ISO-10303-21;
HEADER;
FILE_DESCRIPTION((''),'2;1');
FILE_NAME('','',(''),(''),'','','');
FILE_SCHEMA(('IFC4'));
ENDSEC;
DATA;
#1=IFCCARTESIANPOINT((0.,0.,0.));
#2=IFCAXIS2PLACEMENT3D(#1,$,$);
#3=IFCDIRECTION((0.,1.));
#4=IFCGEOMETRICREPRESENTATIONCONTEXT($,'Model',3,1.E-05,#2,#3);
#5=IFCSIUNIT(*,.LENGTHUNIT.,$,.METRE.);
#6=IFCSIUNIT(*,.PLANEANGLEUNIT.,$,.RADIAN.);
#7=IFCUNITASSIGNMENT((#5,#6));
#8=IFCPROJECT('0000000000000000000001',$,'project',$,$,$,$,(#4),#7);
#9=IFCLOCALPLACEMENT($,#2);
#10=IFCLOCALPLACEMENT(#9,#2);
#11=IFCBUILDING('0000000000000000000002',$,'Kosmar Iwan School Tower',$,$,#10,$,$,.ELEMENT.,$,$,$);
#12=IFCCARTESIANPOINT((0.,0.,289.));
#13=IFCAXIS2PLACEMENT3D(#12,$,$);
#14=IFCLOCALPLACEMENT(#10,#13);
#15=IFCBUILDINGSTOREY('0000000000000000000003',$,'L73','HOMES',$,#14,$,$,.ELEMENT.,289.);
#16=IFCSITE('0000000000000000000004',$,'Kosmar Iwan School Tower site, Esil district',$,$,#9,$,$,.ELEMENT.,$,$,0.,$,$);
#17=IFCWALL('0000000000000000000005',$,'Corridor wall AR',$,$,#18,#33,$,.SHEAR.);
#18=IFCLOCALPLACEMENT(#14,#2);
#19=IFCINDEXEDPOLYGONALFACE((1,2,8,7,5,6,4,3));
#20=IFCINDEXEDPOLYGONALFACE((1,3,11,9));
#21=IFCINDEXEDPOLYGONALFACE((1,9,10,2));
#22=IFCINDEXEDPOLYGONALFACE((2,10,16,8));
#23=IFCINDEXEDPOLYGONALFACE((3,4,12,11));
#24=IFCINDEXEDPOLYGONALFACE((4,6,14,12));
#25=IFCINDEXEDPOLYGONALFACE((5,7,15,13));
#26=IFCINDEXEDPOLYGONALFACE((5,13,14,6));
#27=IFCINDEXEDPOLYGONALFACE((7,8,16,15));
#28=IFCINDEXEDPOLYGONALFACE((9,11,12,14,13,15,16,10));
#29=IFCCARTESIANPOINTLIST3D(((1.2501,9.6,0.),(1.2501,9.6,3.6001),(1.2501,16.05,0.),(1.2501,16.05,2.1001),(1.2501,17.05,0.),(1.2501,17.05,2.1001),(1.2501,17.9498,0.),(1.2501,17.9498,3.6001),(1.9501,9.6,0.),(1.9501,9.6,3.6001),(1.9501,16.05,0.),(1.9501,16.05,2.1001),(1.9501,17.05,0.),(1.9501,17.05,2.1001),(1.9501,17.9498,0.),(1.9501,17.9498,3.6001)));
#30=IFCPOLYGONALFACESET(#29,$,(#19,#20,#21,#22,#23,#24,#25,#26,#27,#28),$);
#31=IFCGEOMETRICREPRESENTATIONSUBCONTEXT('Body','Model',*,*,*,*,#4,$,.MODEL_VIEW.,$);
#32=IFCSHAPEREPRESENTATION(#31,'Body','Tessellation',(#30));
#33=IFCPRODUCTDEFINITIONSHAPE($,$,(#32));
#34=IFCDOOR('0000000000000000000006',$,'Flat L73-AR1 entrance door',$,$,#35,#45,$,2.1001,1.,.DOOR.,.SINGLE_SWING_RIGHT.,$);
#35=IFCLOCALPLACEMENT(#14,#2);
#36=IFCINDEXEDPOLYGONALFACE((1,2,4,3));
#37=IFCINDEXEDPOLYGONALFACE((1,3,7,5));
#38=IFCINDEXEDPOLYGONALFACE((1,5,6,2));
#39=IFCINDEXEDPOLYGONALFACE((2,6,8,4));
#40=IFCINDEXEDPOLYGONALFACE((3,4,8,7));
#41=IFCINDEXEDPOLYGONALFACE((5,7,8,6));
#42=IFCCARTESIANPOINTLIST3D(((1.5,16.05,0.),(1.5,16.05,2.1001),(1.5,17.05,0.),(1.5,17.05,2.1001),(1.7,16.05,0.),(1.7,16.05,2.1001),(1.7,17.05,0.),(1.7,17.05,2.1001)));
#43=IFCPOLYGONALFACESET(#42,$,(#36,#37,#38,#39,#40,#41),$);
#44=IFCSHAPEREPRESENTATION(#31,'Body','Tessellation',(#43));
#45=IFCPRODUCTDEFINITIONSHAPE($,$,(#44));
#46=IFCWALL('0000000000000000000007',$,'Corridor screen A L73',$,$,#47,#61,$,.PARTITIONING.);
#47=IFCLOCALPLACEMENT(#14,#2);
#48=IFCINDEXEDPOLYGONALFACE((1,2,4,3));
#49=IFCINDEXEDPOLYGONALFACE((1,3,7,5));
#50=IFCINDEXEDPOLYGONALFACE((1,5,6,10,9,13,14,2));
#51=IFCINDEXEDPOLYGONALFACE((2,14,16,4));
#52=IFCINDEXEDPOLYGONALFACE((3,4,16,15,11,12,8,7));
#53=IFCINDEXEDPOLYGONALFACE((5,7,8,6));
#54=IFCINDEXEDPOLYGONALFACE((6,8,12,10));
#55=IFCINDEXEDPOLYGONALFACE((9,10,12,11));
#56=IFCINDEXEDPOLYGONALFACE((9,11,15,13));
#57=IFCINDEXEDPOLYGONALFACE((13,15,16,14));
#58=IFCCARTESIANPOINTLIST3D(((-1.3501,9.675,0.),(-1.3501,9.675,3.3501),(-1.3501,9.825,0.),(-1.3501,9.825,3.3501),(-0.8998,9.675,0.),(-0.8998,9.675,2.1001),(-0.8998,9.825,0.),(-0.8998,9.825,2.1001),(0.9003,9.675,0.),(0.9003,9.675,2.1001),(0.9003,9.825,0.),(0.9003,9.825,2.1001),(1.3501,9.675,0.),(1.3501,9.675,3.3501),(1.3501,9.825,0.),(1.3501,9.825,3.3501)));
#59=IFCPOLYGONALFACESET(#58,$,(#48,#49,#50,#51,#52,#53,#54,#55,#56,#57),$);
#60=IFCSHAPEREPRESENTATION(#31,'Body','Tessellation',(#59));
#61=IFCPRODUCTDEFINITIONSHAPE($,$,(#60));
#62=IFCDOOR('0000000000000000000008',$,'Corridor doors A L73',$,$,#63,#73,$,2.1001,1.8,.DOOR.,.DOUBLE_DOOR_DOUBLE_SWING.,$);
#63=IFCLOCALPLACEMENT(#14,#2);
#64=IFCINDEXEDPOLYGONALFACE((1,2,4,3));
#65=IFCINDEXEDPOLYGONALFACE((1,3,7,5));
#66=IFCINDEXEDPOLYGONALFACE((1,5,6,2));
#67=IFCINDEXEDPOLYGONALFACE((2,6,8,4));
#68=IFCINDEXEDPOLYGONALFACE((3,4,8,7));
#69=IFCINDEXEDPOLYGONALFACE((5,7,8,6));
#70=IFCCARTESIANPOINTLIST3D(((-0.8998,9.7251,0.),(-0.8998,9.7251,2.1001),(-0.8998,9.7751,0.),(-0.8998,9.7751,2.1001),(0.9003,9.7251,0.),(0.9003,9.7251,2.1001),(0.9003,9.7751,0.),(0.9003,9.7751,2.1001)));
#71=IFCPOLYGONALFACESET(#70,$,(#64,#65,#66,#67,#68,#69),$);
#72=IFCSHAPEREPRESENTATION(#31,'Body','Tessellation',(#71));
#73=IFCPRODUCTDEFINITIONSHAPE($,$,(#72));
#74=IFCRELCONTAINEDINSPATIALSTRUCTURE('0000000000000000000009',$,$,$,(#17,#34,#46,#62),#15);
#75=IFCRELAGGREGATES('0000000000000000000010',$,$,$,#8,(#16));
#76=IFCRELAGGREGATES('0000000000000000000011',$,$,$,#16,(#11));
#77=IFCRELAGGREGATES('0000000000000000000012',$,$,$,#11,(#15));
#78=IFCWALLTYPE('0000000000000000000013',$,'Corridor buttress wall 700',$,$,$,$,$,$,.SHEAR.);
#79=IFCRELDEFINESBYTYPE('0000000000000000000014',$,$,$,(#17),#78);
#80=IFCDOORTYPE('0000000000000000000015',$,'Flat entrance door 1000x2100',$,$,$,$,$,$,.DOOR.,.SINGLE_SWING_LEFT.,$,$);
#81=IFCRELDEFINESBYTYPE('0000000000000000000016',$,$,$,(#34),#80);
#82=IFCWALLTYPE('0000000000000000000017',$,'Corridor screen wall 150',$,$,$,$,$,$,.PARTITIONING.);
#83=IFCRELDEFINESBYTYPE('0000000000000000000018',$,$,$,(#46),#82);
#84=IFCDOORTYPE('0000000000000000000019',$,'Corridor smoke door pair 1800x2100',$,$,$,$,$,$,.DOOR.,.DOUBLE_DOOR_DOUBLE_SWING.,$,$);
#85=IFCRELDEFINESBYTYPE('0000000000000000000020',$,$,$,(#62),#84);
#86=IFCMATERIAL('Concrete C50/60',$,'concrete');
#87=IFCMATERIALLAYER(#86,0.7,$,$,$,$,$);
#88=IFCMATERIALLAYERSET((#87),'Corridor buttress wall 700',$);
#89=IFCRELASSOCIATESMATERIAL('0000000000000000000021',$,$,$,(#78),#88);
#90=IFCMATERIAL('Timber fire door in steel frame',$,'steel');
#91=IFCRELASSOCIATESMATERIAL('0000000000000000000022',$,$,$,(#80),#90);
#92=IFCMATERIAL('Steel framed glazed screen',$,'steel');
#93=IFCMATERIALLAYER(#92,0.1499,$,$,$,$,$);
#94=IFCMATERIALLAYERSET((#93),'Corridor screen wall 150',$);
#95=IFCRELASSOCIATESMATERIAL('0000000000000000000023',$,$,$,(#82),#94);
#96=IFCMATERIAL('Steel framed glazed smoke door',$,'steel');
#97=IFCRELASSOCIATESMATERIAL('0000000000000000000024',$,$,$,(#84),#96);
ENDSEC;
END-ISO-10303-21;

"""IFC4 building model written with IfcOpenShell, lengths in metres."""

from ifc_helpers import new_model, si_unit, direction, frame, frame_2d, origin, place, context, subcontext, project, spatial, rectangle, extrude, material, layer, layer_set, type_object, element, fill, save


model = new_model("IFC4")

# Units and contexts
model_context = context("Model", 3, precision=1e-05, world=origin(), true_north=direction((0.0, 1.0)))
body_context = subcontext(model_context, "Body", "Model", "MODEL_VIEW")
ifc_project = project(units=[si_unit("LENGTHUNIT", "METRE"), si_unit("PLANEANGLEUNIT", "RADIAN")], contexts=[model_context])

# Site, building, storey
site_placement = place(None, origin())
site = spatial("IfcSite", under=ifc_project, at=site_placement, Name="Kosmar Iwan School Tower site, Esil district", CompositionType="ELEMENT", RefElevation=0.0)
building_placement = place(site_placement, origin())
building = spatial("IfcBuilding", under=site, at=building_placement, Name="Kosmar Iwan School Tower", CompositionType="ELEMENT")
storey_placement = place(building_placement, frame((0.0, 0.0, 289.0)))
storey = spatial("IfcBuildingStorey", under=building, at=storey_placement, Name="L73", Description="HOMES", CompositionType="ELEMENT", Elevation=289.0)

# Walls, openings, doors
ifc_material_1 = material(Name="Concrete C50/60", Category="concrete")
ifc_layer_1 = layer(ifc_material_1, 0.7)
ifc_layer_set_1 = layer_set([ifc_layer_1], Name="Corridor buttress wall 700")
wall_type_1 = type_object("IfcWallType", Name="Corridor buttress wall 700", PredefinedType="SHEAR", material=ifc_layer_set_1)
wall_1_placement = place(storey_placement, frame((1.6001, 9.6001, 0.0), z_axis=(0.0, 0.0, 1.0), x_axis=(0.0, 1.0, 0.0)))
wall_1 = element("IfcWall", 1, at=wall_1_placement, inside=storey, type_object=wall_type_1, Name="Corridor wall AR", PredefinedType="SHEAR", context=body_context, shape_type="SweptSolid", body=[
    extrude(rectangle(XDim=8.3499, YDim=0.7, at=frame_2d((4.1748, 0.0))), origin(), (0.0, 0.0, 1.0), 3.6001),
])
opening_1_placement = place(wall_1_placement, frame((6.45, 0.0, 0.0)))
opening_1 = element("IfcOpeningElement", 2, at=opening_1_placement, cuts=wall_1, PredefinedType="OPENING", context=body_context, shape_type="SweptSolid", body=[
    extrude(rectangle(XDim=1.0, YDim=2.1001, at=frame_2d((0.5, 1.05))), frame((0.0, 0.3621, 0.0), z_axis=(0.0, -1.0, 0.0), x_axis=(1.0, 0.0, 0.0)), (0.0, 0.0, 1.0), 0.7239),
])
ifc_material_2 = material(Name="Timber fire door in steel frame", Category="steel")
door_type_1 = type_object("IfcDoorType", Name="Flat entrance door 1000x2100", OperationType="SINGLE_SWING_LEFT", PredefinedType="DOOR", material=ifc_material_2)
door_1_placement = place(opening_1_placement, origin())
door_1 = element("IfcDoor", 3, at=door_1_placement, inside=storey, type_object=door_type_1, Name="Flat L73-AR1 entrance door", OperationType="SINGLE_SWING_RIGHT", OverallHeight=2.1001, OverallWidth=1.0, PredefinedType="DOOR", context=body_context, shape_type="SweptSolid", body=[
    extrude(rectangle(XDim=1.0, YDim=2.1001, at=frame_2d((0.5, 1.05))), frame((0.0, 0.1001, 0.0), z_axis=(0.0, -1.0, 0.0), x_axis=(1.0, 0.0, 0.0)), (0.0, 0.0, 1.0), 0.2),
])
fill(opening_1, door_1)
ifc_material_3 = material(Name="Steel framed glazed screen", Category="steel")
ifc_layer_2 = layer(ifc_material_3, 0.1499)
ifc_layer_set_2 = layer_set([ifc_layer_2], Name="Corridor screen wall 150")
wall_type_2 = type_object("IfcWallType", Name="Corridor screen wall 150", PredefinedType="PARTITIONING", material=ifc_layer_set_2)
wall_2_placement = place(storey_placement, frame((1.3501, 9.75, 0.0), z_axis=(0.0, 0.0, 1.0), x_axis=(-1.0, 0.0, 0.0)))
wall_2 = element("IfcWall", 4, at=wall_2_placement, inside=storey, type_object=wall_type_2, Name="Corridor screen A L73", PredefinedType="PARTITIONING", context=body_context, shape_type="SweptSolid", body=[
    extrude(rectangle(XDim=2.7002, YDim=0.1499, at=frame_2d((1.3501, 0.0))), origin(), (0.0, 0.0, 1.0), 3.3501),
])
opening_2_placement = place(wall_2_placement, frame((0.45, 0.0, 0.0)))
opening_2 = element("IfcOpeningElement", 5, at=opening_2_placement, cuts=wall_2, PredefinedType="OPENING", context=body_context, shape_type="SweptSolid", body=[
    extrude(rectangle(XDim=1.8, YDim=2.1001, at=frame_2d((0.8999, 1.05))), frame((0.0, 0.0869, 0.0), z_axis=(0.0, -1.0, 0.0), x_axis=(1.0, 0.0, 0.0)), (0.0, 0.0, 1.0), 0.1738),
])
ifc_material_4 = material(Name="Steel framed glazed smoke door", Category="steel")
door_type_2 = type_object("IfcDoorType", Name="Corridor smoke door pair 1800x2100", OperationType="DOUBLE_DOOR_DOUBLE_SWING", PredefinedType="DOOR", material=ifc_material_4)
door_2_placement = place(opening_2_placement, origin())
door_2 = element("IfcDoor", 6, at=door_2_placement, inside=storey, type_object=door_type_2, Name="Corridor doors A L73", OperationType="DOUBLE_DOOR_DOUBLE_SWING", OverallHeight=2.1001, OverallWidth=1.8, PredefinedType="DOOR", context=body_context, shape_type="SweptSolid", body=[
    extrude(rectangle(XDim=1.8, YDim=2.1001, at=frame_2d((0.8999, 1.05))), frame((0.0, 0.0249, 0.0), z_axis=(0.0, -1.0, 0.0), x_axis=(1.0, 0.0, 0.0)), (0.0, 0.0, 1.0), 0.05),
])
fill(opening_2, door_2)

save(model, "model.ifc")
